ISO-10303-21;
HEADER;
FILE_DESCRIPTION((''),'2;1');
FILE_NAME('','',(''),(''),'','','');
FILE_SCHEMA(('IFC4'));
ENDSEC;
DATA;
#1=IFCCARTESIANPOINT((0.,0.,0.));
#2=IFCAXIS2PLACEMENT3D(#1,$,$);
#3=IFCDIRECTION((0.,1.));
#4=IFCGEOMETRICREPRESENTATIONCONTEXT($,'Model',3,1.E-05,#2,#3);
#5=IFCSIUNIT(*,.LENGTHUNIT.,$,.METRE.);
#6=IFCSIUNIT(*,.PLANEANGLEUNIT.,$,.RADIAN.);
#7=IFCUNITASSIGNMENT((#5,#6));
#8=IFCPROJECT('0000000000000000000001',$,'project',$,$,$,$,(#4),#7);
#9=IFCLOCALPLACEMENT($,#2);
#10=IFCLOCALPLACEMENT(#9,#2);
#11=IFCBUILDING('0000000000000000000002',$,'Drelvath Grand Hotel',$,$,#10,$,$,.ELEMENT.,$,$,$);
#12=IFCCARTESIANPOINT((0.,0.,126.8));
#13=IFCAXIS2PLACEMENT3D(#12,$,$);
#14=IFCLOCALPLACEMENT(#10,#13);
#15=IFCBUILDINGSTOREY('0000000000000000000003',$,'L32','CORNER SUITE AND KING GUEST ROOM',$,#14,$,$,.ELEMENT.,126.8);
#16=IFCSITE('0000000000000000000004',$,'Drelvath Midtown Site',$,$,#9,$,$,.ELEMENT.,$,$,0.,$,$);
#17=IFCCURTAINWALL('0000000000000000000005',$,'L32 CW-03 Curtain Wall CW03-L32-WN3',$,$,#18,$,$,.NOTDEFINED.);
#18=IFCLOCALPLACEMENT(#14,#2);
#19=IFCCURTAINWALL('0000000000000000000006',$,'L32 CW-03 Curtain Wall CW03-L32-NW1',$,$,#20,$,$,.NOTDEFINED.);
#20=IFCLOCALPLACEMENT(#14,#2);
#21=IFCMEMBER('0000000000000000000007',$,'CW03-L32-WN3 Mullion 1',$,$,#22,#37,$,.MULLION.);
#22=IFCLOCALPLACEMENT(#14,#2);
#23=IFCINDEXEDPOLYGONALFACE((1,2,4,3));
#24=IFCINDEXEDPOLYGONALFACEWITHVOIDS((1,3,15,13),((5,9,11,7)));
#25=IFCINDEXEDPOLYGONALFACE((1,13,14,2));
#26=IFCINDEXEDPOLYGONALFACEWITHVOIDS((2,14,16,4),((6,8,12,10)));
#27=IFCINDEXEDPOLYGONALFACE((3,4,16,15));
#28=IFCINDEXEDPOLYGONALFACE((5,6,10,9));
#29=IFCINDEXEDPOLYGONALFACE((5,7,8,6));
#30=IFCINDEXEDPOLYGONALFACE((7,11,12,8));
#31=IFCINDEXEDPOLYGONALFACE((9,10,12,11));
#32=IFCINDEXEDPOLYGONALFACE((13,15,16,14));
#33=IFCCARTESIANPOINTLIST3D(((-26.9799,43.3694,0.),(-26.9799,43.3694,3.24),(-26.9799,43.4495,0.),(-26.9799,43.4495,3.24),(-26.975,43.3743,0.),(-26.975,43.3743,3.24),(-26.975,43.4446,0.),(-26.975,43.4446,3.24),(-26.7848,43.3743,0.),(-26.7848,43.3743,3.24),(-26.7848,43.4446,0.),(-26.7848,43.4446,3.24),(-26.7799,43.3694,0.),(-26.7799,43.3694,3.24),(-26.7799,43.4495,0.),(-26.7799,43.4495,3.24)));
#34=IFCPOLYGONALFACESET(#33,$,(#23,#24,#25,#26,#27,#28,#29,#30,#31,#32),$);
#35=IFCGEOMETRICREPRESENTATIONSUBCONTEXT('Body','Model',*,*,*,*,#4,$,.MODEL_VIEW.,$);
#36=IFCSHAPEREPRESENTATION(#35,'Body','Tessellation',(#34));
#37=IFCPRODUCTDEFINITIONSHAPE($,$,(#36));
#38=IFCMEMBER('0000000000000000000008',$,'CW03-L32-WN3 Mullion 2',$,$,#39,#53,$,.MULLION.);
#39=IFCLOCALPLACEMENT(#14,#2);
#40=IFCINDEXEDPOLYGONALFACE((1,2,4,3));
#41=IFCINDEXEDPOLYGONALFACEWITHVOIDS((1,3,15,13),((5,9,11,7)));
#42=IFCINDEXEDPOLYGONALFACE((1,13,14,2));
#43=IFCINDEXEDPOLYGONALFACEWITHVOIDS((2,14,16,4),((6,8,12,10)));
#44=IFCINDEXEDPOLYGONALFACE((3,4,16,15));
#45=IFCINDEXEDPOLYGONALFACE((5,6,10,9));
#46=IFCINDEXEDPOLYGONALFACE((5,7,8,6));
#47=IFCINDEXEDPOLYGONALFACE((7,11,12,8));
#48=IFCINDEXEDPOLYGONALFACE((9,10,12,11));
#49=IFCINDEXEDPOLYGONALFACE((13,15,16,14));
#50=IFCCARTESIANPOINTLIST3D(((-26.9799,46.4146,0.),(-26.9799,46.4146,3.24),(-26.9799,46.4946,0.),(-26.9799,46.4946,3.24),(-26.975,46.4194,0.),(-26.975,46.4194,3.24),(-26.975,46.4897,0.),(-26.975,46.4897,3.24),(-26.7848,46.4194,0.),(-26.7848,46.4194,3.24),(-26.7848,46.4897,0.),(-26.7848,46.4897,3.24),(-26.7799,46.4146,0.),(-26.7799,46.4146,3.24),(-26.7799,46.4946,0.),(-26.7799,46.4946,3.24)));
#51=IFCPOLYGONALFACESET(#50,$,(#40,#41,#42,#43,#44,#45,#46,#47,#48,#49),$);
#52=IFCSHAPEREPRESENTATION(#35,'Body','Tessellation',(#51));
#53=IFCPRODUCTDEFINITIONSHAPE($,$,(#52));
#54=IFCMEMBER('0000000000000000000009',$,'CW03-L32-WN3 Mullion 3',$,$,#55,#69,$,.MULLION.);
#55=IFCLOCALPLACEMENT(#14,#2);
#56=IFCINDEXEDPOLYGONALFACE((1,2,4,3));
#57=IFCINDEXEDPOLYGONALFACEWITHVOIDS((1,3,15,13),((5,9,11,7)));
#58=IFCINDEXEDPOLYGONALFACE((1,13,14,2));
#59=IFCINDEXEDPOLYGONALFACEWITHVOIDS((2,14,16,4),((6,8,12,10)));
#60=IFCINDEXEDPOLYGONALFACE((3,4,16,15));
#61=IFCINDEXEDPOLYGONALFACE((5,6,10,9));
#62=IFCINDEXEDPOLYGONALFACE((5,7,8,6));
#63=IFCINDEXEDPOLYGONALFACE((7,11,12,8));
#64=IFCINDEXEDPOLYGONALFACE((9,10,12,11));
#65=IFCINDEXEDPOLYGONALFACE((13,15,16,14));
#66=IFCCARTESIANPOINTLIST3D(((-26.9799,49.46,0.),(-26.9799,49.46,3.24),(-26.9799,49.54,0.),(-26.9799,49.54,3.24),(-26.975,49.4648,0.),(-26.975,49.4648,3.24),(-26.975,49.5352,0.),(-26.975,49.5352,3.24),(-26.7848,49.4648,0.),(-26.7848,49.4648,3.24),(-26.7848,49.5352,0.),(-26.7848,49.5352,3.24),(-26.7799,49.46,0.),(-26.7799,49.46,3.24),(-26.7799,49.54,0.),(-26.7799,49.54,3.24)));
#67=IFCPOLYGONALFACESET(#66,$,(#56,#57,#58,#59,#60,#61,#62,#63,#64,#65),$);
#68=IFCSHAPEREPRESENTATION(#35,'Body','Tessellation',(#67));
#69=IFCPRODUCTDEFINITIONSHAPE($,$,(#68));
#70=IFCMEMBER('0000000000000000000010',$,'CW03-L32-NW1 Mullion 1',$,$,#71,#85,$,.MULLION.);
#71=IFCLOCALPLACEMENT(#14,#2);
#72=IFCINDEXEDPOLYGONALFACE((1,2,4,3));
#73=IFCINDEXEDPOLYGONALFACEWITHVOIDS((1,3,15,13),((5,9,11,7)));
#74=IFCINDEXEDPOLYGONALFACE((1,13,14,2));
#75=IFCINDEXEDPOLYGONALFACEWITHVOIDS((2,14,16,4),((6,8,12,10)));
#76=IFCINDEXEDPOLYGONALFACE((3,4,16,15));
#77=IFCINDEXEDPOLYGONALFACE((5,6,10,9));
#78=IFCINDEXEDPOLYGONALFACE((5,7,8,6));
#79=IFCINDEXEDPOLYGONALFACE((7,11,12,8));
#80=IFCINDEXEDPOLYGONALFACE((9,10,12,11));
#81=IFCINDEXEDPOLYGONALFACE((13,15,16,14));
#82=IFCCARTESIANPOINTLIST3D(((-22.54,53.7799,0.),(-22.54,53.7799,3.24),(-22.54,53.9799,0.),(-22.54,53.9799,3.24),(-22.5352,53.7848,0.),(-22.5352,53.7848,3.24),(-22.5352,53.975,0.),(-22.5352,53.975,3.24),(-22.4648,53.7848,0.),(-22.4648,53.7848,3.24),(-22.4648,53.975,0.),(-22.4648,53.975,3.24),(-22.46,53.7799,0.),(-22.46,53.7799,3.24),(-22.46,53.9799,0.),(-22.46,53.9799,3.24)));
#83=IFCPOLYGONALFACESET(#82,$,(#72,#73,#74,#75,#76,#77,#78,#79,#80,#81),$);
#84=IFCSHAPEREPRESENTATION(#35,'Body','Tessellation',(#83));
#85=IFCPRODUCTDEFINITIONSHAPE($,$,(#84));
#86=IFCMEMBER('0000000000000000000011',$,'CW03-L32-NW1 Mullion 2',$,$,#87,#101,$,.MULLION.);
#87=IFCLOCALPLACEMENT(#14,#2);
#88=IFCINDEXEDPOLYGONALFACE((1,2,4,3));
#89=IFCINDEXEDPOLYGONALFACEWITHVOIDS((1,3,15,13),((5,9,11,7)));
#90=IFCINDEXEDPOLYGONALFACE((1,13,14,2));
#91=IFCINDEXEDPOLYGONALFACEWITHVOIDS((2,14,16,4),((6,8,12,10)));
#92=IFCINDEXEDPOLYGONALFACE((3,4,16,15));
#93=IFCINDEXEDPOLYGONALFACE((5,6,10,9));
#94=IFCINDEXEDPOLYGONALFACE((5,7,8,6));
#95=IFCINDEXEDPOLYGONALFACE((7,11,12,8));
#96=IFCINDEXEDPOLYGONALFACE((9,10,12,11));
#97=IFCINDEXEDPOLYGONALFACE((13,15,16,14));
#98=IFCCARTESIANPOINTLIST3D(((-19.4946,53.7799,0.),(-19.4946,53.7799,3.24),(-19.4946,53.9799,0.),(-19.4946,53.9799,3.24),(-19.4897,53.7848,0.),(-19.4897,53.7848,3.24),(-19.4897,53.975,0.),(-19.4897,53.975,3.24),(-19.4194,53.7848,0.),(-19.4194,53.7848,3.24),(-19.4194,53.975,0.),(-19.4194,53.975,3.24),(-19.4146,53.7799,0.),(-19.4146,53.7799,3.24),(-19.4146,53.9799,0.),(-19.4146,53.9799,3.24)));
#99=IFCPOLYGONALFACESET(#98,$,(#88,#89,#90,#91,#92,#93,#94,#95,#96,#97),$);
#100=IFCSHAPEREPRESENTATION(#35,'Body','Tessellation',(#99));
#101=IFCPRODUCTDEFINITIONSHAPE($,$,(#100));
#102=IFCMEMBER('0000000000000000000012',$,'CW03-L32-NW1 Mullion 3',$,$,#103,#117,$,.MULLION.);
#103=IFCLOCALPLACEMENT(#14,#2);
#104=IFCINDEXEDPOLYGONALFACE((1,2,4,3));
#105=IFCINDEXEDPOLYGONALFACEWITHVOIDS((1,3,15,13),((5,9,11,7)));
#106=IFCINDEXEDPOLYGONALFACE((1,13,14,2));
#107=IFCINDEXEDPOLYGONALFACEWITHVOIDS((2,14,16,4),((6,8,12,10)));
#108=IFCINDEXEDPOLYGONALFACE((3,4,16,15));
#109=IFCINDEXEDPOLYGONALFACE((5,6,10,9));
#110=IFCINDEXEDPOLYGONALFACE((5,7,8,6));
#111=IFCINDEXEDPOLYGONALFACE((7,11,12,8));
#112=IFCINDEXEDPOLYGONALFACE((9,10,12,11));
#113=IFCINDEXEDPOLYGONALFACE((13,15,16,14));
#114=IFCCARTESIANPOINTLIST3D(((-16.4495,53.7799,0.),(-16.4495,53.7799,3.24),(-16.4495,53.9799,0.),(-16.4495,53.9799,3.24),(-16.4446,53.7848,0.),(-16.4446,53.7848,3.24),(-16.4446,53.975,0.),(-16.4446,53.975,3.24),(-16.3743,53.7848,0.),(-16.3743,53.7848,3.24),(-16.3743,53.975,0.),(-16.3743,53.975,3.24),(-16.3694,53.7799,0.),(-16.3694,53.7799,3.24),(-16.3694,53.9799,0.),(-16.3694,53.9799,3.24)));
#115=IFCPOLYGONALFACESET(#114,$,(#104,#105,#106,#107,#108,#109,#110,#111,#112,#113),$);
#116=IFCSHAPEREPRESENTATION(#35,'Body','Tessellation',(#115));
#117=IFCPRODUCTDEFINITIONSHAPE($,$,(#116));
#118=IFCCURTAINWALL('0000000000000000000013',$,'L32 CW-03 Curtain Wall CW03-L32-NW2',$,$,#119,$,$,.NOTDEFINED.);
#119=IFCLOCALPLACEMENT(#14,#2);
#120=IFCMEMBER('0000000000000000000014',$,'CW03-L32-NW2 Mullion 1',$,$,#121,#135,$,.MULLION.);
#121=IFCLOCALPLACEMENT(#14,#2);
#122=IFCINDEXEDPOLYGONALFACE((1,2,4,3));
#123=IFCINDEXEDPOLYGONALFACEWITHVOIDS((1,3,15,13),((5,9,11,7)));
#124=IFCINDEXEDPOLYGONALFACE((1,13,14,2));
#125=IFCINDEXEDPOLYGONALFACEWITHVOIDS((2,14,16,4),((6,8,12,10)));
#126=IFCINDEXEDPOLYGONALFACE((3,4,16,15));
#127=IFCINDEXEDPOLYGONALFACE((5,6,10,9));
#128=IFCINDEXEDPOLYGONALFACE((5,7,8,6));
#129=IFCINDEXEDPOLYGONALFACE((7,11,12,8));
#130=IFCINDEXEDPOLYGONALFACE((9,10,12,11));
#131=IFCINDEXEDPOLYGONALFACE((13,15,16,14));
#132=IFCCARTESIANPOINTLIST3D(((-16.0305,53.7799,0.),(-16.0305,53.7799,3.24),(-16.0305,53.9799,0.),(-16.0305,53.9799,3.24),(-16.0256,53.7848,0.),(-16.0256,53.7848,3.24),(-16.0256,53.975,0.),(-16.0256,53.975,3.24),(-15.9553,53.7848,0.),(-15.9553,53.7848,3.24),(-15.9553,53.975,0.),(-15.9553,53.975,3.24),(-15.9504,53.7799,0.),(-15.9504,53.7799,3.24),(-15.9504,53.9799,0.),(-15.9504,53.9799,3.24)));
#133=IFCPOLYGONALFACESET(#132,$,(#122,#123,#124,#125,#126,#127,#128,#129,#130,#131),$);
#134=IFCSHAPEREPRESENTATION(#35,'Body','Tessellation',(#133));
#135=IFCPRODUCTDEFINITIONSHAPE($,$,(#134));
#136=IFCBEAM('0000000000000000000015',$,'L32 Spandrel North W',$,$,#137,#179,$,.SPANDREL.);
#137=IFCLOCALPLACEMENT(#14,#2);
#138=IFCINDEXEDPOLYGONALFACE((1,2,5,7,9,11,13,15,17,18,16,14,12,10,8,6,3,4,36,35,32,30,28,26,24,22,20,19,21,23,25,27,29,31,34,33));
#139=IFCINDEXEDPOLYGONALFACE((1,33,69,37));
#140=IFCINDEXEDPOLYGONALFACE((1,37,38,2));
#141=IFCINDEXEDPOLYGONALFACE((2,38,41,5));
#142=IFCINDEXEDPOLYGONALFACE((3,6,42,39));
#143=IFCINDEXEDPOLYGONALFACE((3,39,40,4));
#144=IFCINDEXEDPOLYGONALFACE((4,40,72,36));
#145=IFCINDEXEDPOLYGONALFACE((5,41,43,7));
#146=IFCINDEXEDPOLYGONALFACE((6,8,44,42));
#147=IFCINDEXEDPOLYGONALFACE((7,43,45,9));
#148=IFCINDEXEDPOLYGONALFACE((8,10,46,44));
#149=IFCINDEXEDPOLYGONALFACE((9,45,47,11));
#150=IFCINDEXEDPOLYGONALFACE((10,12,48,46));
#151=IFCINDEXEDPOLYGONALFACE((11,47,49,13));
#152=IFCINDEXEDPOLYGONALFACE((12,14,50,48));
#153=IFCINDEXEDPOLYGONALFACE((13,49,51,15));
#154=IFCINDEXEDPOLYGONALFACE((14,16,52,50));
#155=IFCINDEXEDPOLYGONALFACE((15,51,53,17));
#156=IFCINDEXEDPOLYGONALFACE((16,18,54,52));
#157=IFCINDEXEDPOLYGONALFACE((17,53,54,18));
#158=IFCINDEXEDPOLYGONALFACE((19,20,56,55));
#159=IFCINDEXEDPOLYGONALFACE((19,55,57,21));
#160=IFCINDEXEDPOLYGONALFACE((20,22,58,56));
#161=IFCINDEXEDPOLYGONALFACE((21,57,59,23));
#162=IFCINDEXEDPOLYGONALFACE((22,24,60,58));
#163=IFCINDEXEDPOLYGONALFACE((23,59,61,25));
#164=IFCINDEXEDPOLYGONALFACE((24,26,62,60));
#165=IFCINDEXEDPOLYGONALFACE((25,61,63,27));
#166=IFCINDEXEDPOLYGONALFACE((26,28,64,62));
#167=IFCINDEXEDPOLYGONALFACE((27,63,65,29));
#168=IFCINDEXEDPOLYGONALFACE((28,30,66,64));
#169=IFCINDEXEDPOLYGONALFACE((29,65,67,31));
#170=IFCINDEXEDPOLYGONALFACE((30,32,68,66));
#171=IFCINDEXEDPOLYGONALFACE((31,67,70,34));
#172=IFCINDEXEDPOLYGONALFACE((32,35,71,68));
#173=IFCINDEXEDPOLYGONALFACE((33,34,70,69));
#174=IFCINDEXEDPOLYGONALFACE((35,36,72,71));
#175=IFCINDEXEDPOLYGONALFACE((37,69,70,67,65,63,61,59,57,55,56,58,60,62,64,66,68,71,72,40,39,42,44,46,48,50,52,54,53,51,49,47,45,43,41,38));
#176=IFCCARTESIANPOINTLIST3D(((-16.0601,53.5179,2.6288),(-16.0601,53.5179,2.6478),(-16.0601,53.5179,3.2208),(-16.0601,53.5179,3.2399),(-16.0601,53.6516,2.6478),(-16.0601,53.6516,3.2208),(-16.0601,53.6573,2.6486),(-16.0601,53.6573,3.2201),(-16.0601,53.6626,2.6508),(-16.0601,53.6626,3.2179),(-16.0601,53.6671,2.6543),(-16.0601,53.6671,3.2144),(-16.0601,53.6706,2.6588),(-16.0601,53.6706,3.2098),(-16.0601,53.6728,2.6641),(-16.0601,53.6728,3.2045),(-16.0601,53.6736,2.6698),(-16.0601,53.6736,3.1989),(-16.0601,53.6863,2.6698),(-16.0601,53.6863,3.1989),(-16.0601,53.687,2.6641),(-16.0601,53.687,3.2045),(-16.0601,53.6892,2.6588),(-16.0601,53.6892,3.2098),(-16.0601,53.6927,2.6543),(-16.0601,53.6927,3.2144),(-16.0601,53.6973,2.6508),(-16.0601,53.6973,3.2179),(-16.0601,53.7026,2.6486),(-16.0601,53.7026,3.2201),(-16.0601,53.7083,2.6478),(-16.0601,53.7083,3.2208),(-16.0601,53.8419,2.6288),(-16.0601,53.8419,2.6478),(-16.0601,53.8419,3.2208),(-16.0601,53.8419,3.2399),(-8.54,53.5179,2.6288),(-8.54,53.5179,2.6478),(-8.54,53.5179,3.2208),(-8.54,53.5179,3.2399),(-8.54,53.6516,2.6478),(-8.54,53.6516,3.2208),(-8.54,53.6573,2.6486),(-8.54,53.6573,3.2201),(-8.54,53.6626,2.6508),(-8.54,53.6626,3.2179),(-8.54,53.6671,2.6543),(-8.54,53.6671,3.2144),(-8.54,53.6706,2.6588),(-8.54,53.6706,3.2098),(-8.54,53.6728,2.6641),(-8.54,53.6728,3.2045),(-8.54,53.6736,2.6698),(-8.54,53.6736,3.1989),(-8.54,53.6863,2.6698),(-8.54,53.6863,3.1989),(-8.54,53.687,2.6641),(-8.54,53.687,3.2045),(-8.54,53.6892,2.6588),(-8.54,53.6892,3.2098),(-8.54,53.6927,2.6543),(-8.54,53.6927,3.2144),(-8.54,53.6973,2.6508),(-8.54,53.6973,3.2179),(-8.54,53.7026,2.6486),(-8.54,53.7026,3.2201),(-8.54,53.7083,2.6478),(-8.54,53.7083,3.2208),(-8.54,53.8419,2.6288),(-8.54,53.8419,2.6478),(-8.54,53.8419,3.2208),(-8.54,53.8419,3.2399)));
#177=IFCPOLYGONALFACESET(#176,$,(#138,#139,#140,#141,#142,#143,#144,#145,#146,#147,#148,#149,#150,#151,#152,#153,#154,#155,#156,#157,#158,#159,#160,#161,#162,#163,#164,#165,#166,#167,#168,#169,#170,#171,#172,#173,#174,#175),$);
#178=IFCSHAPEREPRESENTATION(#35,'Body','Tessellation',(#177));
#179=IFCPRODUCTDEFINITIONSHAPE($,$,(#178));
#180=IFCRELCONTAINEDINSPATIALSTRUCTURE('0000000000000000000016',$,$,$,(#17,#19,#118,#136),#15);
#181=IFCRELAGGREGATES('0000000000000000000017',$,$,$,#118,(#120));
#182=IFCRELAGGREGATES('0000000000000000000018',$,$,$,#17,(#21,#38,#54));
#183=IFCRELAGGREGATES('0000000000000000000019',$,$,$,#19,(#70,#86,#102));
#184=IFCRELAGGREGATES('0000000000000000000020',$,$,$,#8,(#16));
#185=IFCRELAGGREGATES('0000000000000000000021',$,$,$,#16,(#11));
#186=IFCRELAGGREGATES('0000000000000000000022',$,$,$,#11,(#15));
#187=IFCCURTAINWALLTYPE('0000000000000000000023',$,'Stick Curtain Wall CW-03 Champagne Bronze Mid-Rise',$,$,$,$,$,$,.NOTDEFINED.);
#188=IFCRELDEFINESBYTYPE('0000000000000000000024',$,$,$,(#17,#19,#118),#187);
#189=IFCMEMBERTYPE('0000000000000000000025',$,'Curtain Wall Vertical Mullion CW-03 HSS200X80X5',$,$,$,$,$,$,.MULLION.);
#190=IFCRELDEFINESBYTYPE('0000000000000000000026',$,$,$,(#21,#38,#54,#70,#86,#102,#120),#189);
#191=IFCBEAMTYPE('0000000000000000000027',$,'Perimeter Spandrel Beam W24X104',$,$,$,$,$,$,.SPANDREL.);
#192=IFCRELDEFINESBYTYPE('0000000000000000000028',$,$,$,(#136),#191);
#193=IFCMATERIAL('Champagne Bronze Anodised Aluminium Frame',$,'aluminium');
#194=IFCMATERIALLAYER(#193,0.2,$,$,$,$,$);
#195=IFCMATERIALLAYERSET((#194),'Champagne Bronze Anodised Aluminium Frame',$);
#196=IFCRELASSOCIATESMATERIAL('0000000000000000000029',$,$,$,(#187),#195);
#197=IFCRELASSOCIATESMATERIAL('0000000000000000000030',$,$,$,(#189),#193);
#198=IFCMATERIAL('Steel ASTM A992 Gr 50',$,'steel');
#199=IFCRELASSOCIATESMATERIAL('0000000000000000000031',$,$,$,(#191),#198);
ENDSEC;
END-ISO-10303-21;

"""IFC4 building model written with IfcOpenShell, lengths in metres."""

from ifc_helpers import new_model, si_unit, direction, frame, origin, origin_2d, place, context, subcontext, project, spatial, hollow_rectangle, i_section, extrude, material, layer, layer_set, material_profile, profile_set, type_object, element, aggregate, save


model = new_model("IFC4")

# Units and contexts
model_context = context("Model", 3, precision=1e-05, world=origin(), true_north=direction((0.0, 1.0)))
body_context = subcontext(model_context, "Body", "Model", "MODEL_VIEW")
ifc_project = project(units=[si_unit("LENGTHUNIT", "METRE"), si_unit("PLANEANGLEUNIT", "RADIAN")], contexts=[model_context])

# Site, building, storey
site_placement = place(None, origin())
site = spatial("IfcSite", under=ifc_project, at=site_placement, Name="Drelvath Midtown Site", CompositionType="ELEMENT", RefElevation=0.0)
building_placement = place(site_placement, origin())
building = spatial("IfcBuilding", under=site, at=building_placement, Name="Drelvath Grand Hotel", CompositionType="ELEMENT")
storey_placement = place(building_placement, frame((0.0, 0.0, 126.8)))
storey = spatial("IfcBuildingStorey", under=building, at=storey_placement, Name="L32", Description="CORNER SUITE AND KING GUEST ROOM", CompositionType="ELEMENT", Elevation=126.8)

# Shared definitions
ifc_material_1 = material(Name="Steel ASTM A992 Gr 50", Category="steel")

# Curtain walls
ifc_material_2 = material(Name="Champagne Bronze Anodised Aluminium Frame", Category="aluminium")
ifc_layer_1 = layer(ifc_material_2, 0.2)
ifc_layer_set_1 = layer_set([ifc_layer_1], Name="Champagne Bronze Anodised Aluminium Frame")
curtain_wall_type = type_object("IfcCurtainWallType", Name="Stick Curtain Wall CW-03 Champagne Bronze Mid-Rise", PredefinedType="NOTDEFINED", material=ifc_layer_set_1)
curtain_wall_1_placement = place(storey_placement, origin())
curtain_wall_1 = element("IfcCurtainWall", 1, at=curtain_wall_1_placement, inside=storey, type_object=curtain_wall_type, Name="L32 CW-03 Curtain Wall CW03-L32-WN3", PredefinedType="NOTDEFINED")
curtain_wall_2_placement = place(storey_placement, origin())
curtain_wall_2 = element("IfcCurtainWall", 2, at=curtain_wall_2_placement, inside=storey, type_object=curtain_wall_type, Name="L32 CW-03 Curtain Wall CW03-L32-NW1", PredefinedType="NOTDEFINED")

# Members
ifc_material_profile_1 = material_profile(ifc_material_2, hollow_rectangle(XDim=0.0801, YDim=0.2, WallThickness=0.0049, at=origin_2d()), Name="HSS200X80X5")
ifc_profile_set_1 = profile_set([ifc_material_profile_1], Name="Champagne Bronze Anodised Aluminium Frame")
member_type_1 = type_object("IfcMemberType", Name="Curtain Wall Vertical Mullion CW-03 HSS200X80X5", PredefinedType="MULLION", material=ifc_profile_set_1)
member_1_placement = place(storey_placement, frame((-26.8799, 43.4094, 0.0), z_axis=(0.0, 0.0, 1.0), x_axis=(0.0, 1.0, 0.0)))
member_1 = element("IfcMember", 3, at=member_1_placement, type_object=member_type_1, Name="CW03-L32-WN3 Mullion 1", PredefinedType="MULLION", context=body_context, shape_type="SweptSolid", body=[
    extrude(hollow_rectangle(XDim=0.0801, YDim=0.2, WallThickness=0.0049, at=origin_2d()), origin(), (0.0, 0.0, 1.0), 3.24),
])
member_2_placement = place(storey_placement, frame((-26.8799, 46.4546, 0.0), z_axis=(0.0, 0.0, 1.0), x_axis=(0.0, 1.0, 0.0)))
member_2 = element("IfcMember", 4, at=member_2_placement, type_object=member_type_1, Name="CW03-L32-WN3 Mullion 2", PredefinedType="MULLION", context=body_context, shape_type="SweptSolid", body=[
    extrude(hollow_rectangle(XDim=0.0801, YDim=0.2, WallThickness=0.0049, at=origin_2d()), origin(), (0.0, 0.0, 1.0), 3.24),
])
member_3_placement = place(storey_placement, frame((-26.8799, 49.5, 0.0), z_axis=(0.0, 0.0, 1.0), x_axis=(0.0, 1.0, 0.0)))
member_3 = element("IfcMember", 5, at=member_3_placement, type_object=member_type_1, Name="CW03-L32-WN3 Mullion 3", PredefinedType="MULLION", context=body_context, shape_type="SweptSolid", body=[
    extrude(hollow_rectangle(XDim=0.0801, YDim=0.2, WallThickness=0.0049, at=origin_2d()), origin(), (0.0, 0.0, 1.0), 3.24),
])
member_4_placement = place(storey_placement, frame((-22.5, 53.8799, 0.0), z_axis=(0.0, 0.0, 1.0), x_axis=(1.0, 0.0, 0.0)))
member_4 = element("IfcMember", 6, at=member_4_placement, type_object=member_type_1, Name="CW03-L32-NW1 Mullion 1", PredefinedType="MULLION", context=body_context, shape_type="SweptSolid", body=[
    extrude(hollow_rectangle(XDim=0.0801, YDim=0.2, WallThickness=0.0049, at=origin_2d()), origin(), (0.0, 0.0, 1.0), 3.24),
])
member_5_placement = place(storey_placement, frame((-19.4546, 53.8799, 0.0), z_axis=(0.0, 0.0, 1.0), x_axis=(1.0, 0.0, 0.0)))
member_5 = element("IfcMember", 7, at=member_5_placement, type_object=member_type_1, Name="CW03-L32-NW1 Mullion 2", PredefinedType="MULLION", context=body_context, shape_type="SweptSolid", body=[
    extrude(hollow_rectangle(XDim=0.0801, YDim=0.2, WallThickness=0.0049, at=origin_2d()), origin(), (0.0, 0.0, 1.0), 3.24),
])
member_6_placement = place(storey_placement, frame((-16.4094, 53.8799, 0.0), z_axis=(0.0, 0.0, 1.0), x_axis=(1.0, 0.0, 0.0)))
member_6 = element("IfcMember", 8, at=member_6_placement, type_object=member_type_1, Name="CW03-L32-NW1 Mullion 3", PredefinedType="MULLION", context=body_context, shape_type="SweptSolid", body=[
    extrude(hollow_rectangle(XDim=0.0801, YDim=0.2, WallThickness=0.0049, at=origin_2d()), origin(), (0.0, 0.0, 1.0), 3.24),
])

# Curtain wall, member
curtain_wall_3_placement = place(storey_placement, origin())
curtain_wall_3 = element("IfcCurtainWall", 9, at=curtain_wall_3_placement, inside=storey, type_object=curtain_wall_type, Name="L32 CW-03 Curtain Wall CW03-L32-NW2", PredefinedType="NOTDEFINED")
member_7_placement = place(storey_placement, frame((-15.9905, 53.8799, 0.0), z_axis=(0.0, 0.0, 1.0), x_axis=(1.0, 0.0, 0.0)))
member_7 = element("IfcMember", 10, at=member_7_placement, type_object=member_type_1, Name="CW03-L32-NW2 Mullion 1", PredefinedType="MULLION", context=body_context, shape_type="SweptSolid", body=[
    extrude(hollow_rectangle(XDim=0.0801, YDim=0.2, WallThickness=0.0049, at=origin_2d()), origin(), (0.0, 0.0, 1.0), 3.24),
])
aggregate(curtain_wall_3, [member_7])

# Beam
ifc_material_profile_2 = material_profile(ifc_material_1, i_section(OverallWidth=0.324, OverallDepth=0.6111, WebThickness=0.0127, FlangeThickness=0.019, FilletRadius=0.022, at=origin_2d()), Name="W24X104")
ifc_profile_set_2 = profile_set([ifc_material_profile_2], Name="Steel ASTM A992 Gr 50")
beam_type_1 = type_object("IfcBeamType", Name="Perimeter Spandrel Beam W24X104", PredefinedType="SPANDREL", material=ifc_profile_set_2)
beam_1_placement = place(storey_placement, frame((-16.0601, 53.6799, 2.9343), z_axis=(1.0, 0.0, 0.0), x_axis=(0.0, 1.0, 0.0)))
element("IfcBeam", 11, at=beam_1_placement, inside=storey, type_object=beam_type_1, Name="L32 Spandrel North W", PredefinedType="SPANDREL", context=body_context, shape_type="SweptSolid", body=[
    extrude(i_section(OverallWidth=0.324, OverallDepth=0.6111, WebThickness=0.0127, FlangeThickness=0.019, FilletRadius=0.022, at=origin_2d()), origin(), (0.0, 0.0, 1.0), 7.52),
])

aggregate(curtain_wall_1, [member_1, member_2, member_3])
aggregate(curtain_wall_2, [member_4, member_5, member_6])

save(model, "model.ifc")
